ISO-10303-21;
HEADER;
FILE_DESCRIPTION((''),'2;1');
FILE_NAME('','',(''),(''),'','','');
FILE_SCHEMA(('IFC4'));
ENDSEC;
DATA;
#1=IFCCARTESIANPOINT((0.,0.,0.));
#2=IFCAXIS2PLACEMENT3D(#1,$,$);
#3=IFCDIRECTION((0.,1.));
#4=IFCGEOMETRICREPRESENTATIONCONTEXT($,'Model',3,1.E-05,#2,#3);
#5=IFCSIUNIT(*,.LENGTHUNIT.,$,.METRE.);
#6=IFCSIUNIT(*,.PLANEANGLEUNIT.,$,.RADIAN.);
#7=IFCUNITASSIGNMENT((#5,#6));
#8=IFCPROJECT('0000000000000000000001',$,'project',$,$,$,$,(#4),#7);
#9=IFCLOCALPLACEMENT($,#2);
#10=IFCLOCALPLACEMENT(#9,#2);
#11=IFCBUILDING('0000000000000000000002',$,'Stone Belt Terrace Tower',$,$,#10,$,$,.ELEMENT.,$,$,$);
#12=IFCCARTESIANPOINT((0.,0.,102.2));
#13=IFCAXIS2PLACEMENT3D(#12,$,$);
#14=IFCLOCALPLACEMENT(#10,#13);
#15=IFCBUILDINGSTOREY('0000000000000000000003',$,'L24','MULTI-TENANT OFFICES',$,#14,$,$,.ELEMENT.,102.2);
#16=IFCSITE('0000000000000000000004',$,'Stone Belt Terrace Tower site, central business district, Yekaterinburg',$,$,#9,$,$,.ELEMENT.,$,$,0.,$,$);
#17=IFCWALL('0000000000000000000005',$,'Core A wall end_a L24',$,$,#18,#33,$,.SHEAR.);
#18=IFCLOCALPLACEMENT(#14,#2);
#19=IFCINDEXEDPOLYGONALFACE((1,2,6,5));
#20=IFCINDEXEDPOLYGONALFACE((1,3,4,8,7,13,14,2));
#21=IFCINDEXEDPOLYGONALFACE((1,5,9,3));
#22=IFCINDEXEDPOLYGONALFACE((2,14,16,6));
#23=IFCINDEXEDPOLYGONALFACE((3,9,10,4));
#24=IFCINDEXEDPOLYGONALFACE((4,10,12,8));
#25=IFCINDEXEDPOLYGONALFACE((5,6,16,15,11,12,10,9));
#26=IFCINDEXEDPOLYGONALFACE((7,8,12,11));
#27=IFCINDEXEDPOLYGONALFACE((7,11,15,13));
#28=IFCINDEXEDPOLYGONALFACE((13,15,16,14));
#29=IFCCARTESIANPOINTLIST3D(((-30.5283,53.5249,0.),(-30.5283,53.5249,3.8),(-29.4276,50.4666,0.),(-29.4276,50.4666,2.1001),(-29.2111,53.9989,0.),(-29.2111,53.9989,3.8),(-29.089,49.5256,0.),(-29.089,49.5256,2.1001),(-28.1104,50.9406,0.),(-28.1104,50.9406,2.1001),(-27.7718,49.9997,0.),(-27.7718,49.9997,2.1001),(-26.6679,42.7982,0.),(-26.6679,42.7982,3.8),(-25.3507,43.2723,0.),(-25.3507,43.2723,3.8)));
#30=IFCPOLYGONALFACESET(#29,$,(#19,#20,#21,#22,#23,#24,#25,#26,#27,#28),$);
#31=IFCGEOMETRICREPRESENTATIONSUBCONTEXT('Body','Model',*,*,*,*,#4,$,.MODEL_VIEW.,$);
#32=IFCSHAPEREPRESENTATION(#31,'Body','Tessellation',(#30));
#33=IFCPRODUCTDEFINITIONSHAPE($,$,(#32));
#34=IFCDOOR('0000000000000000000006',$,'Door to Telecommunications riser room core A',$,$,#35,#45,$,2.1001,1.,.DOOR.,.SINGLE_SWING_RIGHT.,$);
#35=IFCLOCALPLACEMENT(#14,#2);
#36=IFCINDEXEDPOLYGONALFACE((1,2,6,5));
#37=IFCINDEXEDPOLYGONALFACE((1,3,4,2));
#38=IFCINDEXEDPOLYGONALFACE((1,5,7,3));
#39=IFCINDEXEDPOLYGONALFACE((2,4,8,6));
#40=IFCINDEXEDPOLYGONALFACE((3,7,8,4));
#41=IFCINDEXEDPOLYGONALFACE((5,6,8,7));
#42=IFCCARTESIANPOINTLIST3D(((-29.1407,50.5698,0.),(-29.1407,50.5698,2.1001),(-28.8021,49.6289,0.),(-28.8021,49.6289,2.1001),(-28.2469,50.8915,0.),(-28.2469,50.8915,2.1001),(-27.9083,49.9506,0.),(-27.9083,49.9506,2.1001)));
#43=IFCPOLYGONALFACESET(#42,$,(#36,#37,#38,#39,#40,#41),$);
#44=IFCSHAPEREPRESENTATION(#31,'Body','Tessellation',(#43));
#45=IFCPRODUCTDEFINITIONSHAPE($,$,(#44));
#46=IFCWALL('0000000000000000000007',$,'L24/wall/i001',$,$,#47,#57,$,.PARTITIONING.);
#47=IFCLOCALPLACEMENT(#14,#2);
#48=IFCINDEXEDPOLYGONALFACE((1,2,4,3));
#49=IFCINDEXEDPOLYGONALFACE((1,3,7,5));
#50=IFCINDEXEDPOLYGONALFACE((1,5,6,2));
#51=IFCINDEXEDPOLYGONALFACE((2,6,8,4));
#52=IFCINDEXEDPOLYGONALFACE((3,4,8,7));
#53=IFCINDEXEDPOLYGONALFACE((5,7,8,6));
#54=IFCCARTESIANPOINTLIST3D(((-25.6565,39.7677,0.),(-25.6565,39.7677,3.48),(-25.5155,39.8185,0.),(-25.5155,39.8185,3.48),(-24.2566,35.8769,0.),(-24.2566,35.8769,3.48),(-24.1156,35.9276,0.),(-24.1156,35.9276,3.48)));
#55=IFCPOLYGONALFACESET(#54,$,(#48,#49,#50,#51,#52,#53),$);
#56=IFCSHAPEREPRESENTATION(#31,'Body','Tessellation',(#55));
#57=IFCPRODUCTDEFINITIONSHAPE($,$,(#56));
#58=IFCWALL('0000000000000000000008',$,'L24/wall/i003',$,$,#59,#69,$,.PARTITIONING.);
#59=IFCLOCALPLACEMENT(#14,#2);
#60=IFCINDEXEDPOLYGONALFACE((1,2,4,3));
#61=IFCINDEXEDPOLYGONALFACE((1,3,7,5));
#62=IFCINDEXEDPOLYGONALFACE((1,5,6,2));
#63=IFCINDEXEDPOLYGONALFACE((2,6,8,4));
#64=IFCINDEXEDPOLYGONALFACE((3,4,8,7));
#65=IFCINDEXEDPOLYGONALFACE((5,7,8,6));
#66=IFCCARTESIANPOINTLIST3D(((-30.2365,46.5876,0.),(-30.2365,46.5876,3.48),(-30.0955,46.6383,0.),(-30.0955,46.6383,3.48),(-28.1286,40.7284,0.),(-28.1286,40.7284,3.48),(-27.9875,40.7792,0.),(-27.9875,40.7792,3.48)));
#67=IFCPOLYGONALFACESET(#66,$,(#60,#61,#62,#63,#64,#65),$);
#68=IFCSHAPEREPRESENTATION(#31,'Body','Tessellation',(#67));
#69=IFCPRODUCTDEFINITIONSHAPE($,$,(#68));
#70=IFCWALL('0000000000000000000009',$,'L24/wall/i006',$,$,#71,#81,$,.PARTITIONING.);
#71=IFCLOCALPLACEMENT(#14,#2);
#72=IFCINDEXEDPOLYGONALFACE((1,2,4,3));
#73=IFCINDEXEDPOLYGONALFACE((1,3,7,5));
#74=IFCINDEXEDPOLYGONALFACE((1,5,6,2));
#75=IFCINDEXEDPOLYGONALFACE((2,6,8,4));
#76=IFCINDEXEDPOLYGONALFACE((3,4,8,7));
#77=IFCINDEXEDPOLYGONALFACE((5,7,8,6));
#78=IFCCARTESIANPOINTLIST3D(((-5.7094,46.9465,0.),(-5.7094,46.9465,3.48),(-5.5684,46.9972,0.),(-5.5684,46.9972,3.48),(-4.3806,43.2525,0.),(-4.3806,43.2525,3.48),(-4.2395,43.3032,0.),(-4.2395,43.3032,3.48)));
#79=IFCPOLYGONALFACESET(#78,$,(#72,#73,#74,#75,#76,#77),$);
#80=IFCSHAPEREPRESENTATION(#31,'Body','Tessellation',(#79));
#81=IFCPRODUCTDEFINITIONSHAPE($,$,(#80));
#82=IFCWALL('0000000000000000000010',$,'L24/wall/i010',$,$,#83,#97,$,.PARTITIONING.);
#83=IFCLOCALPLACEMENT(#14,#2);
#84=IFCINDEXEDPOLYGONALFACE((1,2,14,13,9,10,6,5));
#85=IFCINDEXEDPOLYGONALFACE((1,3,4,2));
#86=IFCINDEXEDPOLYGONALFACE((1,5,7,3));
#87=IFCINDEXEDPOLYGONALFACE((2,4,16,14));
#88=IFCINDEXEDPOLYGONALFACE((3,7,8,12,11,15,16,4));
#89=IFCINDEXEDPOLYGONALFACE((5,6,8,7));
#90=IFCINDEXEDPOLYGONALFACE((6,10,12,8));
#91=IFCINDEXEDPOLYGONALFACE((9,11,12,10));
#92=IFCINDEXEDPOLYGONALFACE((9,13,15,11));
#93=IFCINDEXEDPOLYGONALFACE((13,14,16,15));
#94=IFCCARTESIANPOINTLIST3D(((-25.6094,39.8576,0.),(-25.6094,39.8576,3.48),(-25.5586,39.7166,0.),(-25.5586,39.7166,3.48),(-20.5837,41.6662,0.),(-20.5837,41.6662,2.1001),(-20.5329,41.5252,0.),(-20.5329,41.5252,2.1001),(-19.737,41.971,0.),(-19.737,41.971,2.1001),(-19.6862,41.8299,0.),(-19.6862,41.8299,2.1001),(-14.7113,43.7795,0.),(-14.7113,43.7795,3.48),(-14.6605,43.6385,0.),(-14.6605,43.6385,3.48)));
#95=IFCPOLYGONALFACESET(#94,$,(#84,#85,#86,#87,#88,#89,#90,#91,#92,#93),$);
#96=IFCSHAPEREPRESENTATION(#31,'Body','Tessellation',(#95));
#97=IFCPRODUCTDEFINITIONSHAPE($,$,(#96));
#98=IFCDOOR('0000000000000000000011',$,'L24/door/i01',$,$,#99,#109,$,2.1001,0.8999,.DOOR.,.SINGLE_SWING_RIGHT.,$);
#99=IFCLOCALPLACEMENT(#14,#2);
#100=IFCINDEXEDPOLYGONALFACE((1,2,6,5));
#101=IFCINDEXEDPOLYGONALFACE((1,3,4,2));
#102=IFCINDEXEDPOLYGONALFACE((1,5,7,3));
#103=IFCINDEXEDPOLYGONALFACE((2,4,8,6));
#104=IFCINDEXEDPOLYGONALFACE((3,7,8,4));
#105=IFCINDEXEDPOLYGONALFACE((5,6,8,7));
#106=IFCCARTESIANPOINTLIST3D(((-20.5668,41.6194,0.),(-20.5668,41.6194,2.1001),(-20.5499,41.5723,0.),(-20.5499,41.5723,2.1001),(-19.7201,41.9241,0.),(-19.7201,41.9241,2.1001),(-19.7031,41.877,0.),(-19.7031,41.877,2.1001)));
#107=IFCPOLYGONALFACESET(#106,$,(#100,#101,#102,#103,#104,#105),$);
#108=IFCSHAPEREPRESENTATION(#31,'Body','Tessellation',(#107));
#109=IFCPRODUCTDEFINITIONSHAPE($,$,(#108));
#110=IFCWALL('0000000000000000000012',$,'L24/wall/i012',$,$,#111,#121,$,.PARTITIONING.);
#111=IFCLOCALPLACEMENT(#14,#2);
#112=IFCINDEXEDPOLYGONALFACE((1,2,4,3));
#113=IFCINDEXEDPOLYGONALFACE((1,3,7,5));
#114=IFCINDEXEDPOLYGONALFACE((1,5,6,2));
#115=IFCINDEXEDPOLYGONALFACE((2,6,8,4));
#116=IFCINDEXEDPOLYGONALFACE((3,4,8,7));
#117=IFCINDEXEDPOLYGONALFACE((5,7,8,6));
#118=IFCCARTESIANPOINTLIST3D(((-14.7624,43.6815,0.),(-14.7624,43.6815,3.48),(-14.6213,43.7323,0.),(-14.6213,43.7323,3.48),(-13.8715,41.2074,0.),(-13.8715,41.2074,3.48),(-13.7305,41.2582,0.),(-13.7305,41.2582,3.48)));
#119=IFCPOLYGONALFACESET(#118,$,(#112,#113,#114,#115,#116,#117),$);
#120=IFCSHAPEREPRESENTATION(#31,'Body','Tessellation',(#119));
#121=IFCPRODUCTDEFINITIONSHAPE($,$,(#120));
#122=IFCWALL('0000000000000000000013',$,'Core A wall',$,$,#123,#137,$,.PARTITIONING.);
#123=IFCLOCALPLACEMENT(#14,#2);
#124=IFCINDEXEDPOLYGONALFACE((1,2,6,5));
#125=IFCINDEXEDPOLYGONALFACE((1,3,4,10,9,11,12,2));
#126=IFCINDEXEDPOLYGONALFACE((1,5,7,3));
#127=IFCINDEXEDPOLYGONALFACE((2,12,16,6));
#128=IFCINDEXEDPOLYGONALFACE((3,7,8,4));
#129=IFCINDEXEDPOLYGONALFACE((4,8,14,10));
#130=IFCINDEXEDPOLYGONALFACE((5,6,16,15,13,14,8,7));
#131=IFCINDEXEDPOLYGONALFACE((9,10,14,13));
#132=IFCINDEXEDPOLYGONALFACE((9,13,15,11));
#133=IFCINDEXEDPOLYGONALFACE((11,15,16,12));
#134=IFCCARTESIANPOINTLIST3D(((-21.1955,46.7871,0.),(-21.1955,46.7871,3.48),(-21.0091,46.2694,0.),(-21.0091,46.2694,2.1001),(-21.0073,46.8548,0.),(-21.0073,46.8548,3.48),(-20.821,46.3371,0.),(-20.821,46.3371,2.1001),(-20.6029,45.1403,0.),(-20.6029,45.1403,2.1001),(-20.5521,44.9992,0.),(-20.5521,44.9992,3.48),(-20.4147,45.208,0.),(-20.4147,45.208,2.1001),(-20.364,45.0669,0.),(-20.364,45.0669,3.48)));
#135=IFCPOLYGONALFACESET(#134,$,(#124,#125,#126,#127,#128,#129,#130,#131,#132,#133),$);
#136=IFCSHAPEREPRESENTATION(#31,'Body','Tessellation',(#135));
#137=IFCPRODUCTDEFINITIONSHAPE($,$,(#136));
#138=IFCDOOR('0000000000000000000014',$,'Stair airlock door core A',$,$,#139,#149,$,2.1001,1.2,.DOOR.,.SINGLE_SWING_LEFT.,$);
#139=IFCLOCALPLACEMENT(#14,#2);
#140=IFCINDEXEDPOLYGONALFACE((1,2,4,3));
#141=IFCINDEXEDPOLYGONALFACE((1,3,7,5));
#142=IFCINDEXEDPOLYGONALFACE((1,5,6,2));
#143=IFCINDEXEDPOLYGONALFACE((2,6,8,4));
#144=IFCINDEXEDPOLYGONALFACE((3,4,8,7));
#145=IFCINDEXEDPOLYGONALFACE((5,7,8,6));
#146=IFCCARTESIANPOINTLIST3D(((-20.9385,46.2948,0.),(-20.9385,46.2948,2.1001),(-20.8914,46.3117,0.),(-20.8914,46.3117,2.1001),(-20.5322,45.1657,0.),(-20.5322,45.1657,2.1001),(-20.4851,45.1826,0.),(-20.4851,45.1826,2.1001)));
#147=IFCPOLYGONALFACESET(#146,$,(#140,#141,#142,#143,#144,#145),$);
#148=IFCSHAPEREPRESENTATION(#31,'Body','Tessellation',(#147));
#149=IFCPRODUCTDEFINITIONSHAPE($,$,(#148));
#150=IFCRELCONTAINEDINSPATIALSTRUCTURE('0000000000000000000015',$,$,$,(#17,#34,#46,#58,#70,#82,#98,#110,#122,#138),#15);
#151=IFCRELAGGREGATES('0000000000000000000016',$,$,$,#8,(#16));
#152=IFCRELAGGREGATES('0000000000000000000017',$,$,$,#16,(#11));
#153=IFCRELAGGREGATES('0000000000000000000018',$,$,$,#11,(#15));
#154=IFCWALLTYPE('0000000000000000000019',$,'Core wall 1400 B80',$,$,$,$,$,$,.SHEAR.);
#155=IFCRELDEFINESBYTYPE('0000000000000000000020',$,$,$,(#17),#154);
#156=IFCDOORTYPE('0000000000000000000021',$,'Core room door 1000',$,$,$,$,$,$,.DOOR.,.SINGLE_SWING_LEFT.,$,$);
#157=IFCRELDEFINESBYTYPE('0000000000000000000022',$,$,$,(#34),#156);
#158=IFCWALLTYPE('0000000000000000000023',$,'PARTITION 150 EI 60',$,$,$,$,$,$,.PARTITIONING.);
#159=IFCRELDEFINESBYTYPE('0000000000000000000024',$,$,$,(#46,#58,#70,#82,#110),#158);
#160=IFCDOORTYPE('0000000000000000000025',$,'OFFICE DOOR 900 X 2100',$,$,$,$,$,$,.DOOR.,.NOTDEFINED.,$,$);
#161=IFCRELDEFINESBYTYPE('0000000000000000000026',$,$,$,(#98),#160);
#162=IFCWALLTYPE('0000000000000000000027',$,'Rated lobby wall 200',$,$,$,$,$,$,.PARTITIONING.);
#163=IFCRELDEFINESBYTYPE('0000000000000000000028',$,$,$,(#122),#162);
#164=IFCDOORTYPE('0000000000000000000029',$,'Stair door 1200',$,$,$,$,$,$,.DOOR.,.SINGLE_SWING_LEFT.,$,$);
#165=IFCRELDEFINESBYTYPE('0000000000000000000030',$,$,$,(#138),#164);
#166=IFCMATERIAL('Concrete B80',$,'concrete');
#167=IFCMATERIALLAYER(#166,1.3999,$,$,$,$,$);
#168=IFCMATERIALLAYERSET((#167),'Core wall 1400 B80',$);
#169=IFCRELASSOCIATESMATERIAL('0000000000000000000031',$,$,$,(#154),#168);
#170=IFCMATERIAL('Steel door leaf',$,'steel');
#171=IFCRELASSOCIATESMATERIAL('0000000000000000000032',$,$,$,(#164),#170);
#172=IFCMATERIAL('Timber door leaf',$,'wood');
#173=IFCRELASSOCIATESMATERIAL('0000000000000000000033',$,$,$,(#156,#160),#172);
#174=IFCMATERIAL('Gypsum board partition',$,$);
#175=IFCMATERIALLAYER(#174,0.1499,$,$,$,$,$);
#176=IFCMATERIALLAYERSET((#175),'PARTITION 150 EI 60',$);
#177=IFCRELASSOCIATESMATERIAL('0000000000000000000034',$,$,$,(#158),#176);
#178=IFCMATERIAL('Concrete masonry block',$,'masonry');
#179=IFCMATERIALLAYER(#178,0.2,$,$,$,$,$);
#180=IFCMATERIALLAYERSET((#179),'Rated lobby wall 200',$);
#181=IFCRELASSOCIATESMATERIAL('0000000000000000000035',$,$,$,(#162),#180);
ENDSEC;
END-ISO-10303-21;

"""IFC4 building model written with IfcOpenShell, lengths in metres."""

from ifc_helpers import new_model, si_unit, direction, frame, frame_2d, origin, place, context, subcontext, project, spatial, rectangle, extrude, material, layer, layer_set, type_object, element, fill, save


model = new_model("IFC4")

# Units and contexts
model_context = context("Model", 3, precision=1e-05, world=origin(), true_north=direction((0.0, 1.0)))
body_context = subcontext(model_context, "Body", "Model", "MODEL_VIEW")
ifc_project = project(units=[si_unit("LENGTHUNIT", "METRE"), si_unit("PLANEANGLEUNIT", "RADIAN")], contexts=[model_context])

# Site, building, storey
site_placement = place(None, origin())
site = spatial("IfcSite", under=ifc_project, at=site_placement, Name="Stone Belt Terrace Tower site, central business district, Yekaterinburg", CompositionType="ELEMENT", RefElevation=0.0)
building_placement = place(site_placement, origin())
building = spatial("IfcBuilding", under=site, at=building_placement, Name="Stone Belt Terrace Tower", CompositionType="ELEMENT")
storey_placement = place(building_placement, frame((0.0, 0.0, 102.2)))
storey = spatial("IfcBuildingStorey", under=building, at=storey_placement, Name="L24", Description="MULTI-TENANT OFFICES", CompositionType="ELEMENT", Elevation=102.2)

# Shared definitions
ifc_material_1 = material(Name="Concrete B80", Category="concrete")

# Shared definitions
ifc_layer_1 = layer(ifc_material_1, 1.3999)
ifc_layer_set_1 = layer_set([ifc_layer_1], Name="Core wall 1400 B80")
wall_type_1 = type_object("IfcWallType", Name="Core wall 1400 B80", PredefinedType="SHEAR", material=ifc_layer_set_1)
ifc_material_2 = material(Name="Steel door leaf", Category="steel")
door_type_1 = type_object("IfcDoorType", Name="Stair door 1200", OperationType="SINGLE_SWING_LEFT", PredefinedType="DOOR", material=ifc_material_2)

# Wall, opening, door
wall_1_placement = place(storey_placement, frame((-26.0093, 43.0352, 0.0), z_axis=(0.0, 0.0, 1.0), x_axis=(-0.338625, 0.940921, 0.0)))
wall_1 = element("IfcWall", 1, at=wall_1_placement, inside=storey, type_object=wall_type_1, Name="Core A wall end_a L24", PredefinedType="SHEAR", context=body_context, shape_type="SweptSolid", body=[
    extrude(rectangle(XDim=11.4001, YDim=1.3999, at=frame_2d((5.7002, 0.0))), origin(), (0.0, 0.0, 1.0), 3.8),
])
opening_1_placement = place(wall_1_placement, frame((7.1499, 0.0, 0.0)))
opening_1 = element("IfcOpeningElement", 2, at=opening_1_placement, cuts=wall_1, PredefinedType="OPENING", context=body_context, shape_type="SweptSolid", body=[
    extrude(rectangle(XDim=1.0, YDim=2.1001, at=frame_2d((0.5, 1.05))), frame((0.0, 0.71, 0.0), z_axis=(0.0, -1.0, 0.0), x_axis=(1.0, 0.0, 0.0)), (0.0, 0.0, 1.0), 1.4199),
])
ifc_material_3 = material(Name="Timber door leaf", Category="wood")
door_type_2 = type_object("IfcDoorType", Name="Core room door 1000", OperationType="SINGLE_SWING_LEFT", PredefinedType="DOOR", material=ifc_material_3)
door_1_placement = place(opening_1_placement, origin())
door_1 = element("IfcDoor", 3, at=door_1_placement, inside=storey, type_object=door_type_2, Name="Door to Telecommunications riser room core A", OperationType="SINGLE_SWING_RIGHT", OverallHeight=2.1001, OverallWidth=1.0, PredefinedType="DOOR", context=body_context, shape_type="SweptSolid", body=[
    extrude(rectangle(XDim=1.0, YDim=2.1001, at=frame_2d((0.5, 1.05))), frame((0.0, 0.395, 0.0), z_axis=(0.0, -1.0, 0.0), x_axis=(1.0, 0.0, 0.0)), (0.0, 0.0, 1.0), 0.95),
])
fill(opening_1, door_1)

# Walls
ifc_material_4 = material(Name="Gypsum board partition")
ifc_layer_2 = layer(ifc_material_4, 0.1499)
ifc_layer_set_2 = layer_set([ifc_layer_2], Name="PARTITION 150 EI 60")
wall_type_2 = type_object("IfcWallType", Name="PARTITION 150 EI 60", PredefinedType="PARTITIONING", material=ifc_layer_set_2)
wall_2_placement = place(storey_placement, frame((-25.5859, 39.793, 0.0), z_axis=(0.0, 0.0, 1.0), x_axis=(0.338546, -0.94095, 0.0)))
element("IfcWall", 4, at=wall_2_placement, inside=storey, type_object=wall_type_2, Name="L24/wall/i001", PredefinedType="PARTITIONING", context=body_context, shape_type="SweptSolid", body=[
    extrude(rectangle(XDim=4.135, YDim=0.1499, at=frame_2d((2.0674, 0.0))), origin(), (0.0, 0.0, 1.0), 3.48),
])
wall_3_placement = place(storey_placement, frame((-28.0581, 40.7539, 0.0), z_axis=(0.0, 0.0, 1.0), x_axis=(-0.338524, 0.940958, 0.0)))
element("IfcWall", 5, at=wall_3_placement, inside=storey, type_object=wall_type_2, Name="L24/wall/i003", PredefinedType="PARTITIONING", context=body_context, shape_type="SweptSolid", body=[
    extrude(rectangle(XDim=6.2268, YDim=0.1499, at=frame_2d((3.1133, 0.0))), origin(), (0.0, 0.0, 1.0), 3.48),
])
wall_4_placement = place(storey_placement, frame((-4.3101, 43.2778, 0.0), z_axis=(0.0, 0.0, 1.0), x_axis=(-0.33849, 0.94097, 0.0)))
element("IfcWall", 6, at=wall_4_placement, inside=storey, type_object=wall_type_2, Name="L24/wall/i006", PredefinedType="PARTITIONING", context=body_context, shape_type="SweptSolid", body=[
    extrude(rectangle(XDim=3.9258, YDim=0.1499, at=frame_2d((1.9629, 0.0))), origin(), (0.0, 0.0, 1.0), 3.48),
])

# Wall, opening, door
wall_5_placement = place(storey_placement, frame((-14.686, 43.709, 0.0), z_axis=(0.0, 0.0, 1.0), x_axis=(-0.940926, -0.338613, 0.0)))
wall_5 = element("IfcWall", 7, at=wall_5_placement, inside=storey, type_object=wall_type_2, Name="L24/wall/i010", PredefinedType="PARTITIONING", context=body_context, shape_type="SweptSolid", body=[
    extrude(rectangle(XDim=11.5823, YDim=0.1499, at=frame_2d((5.791, 0.0))), origin(), (0.0, 0.0, 1.0), 3.48),
])
opening_2_placement = place(wall_5_placement, frame((5.3411, 0.0, 0.0)))
opening_2 = element("IfcOpeningElement", 8, at=opening_2_placement, cuts=wall_5, PredefinedType="OPENING", context=body_context, shape_type="SweptSolid", body=[
    extrude(rectangle(XDim=0.8999, YDim=2.1001, at=frame_2d((0.45, 1.05))), frame((0.0, 0.085, 0.0), z_axis=(0.0, -1.0, 0.0), x_axis=(1.0, 0.0, 0.0)), (0.0, 0.0, 1.0), 0.1699),
])
door_type_3 = type_object("IfcDoorType", Name="OFFICE DOOR 900 X 2100", OperationType="NOTDEFINED", PredefinedType="DOOR", material=ifc_material_3)
door_2_placement = place(opening_2_placement, origin())
door_2 = element("IfcDoor", 9, at=door_2_placement, inside=storey, type_object=door_type_3, Name="L24/door/i01", OperationType="SINGLE_SWING_RIGHT", OverallHeight=2.1001, OverallWidth=0.8999, PredefinedType="DOOR", context=body_context, shape_type="SweptSolid", body=[
    extrude(rectangle(XDim=0.8999, YDim=2.1001, at=frame_2d((0.45, 1.05))), frame((0.0, 0.0249, 0.0), z_axis=(0.0, -1.0, 0.0), x_axis=(1.0, 0.0, 0.0)), (0.0, 0.0, 1.0), 0.05),
])
fill(opening_2, door_2)

# Wall
wall_6_placement = place(storey_placement, frame((-14.6919, 43.707, 0.0), z_axis=(0.0, 0.0, 1.0), x_axis=(0.338782, -0.940865, 0.0)))
element("IfcWall", 10, at=wall_6_placement, inside=storey, type_object=wall_type_2, Name="L24/wall/i012", PredefinedType="PARTITIONING", context=body_context, shape_type="SweptSolid", body=[
    extrude(rectangle(XDim=2.6296, YDim=0.1499, at=frame_2d((1.3149, 0.0))), origin(), (0.0, 0.0, 1.0), 3.48),
])

# Wall, opening, door
ifc_material_5 = material(Name="Concrete masonry block", Category="masonry")
ifc_layer_3 = layer(ifc_material_5, 0.2)
ifc_layer_set_3 = layer_set([ifc_layer_3], Name="Rated lobby wall 200")
wall_type_3 = type_object("IfcWallType", Name="Rated lobby wall 200", PredefinedType="PARTITIONING", material=ifc_layer_set_3)
wall_7_placement = place(storey_placement, frame((-20.458, 45.033, 0.0), z_axis=(0.0, 0.0, 1.0), x_axis=(-0.338574, 0.94094, 0.0)))
wall_7 = element("IfcWall", 11, at=wall_7_placement, inside=storey, type_object=wall_type_3, Name="Core A wall", PredefinedType="PARTITIONING", context=body_context, shape_type="SweptSolid", body=[
    extrude(rectangle(XDim=1.9001, YDim=0.2, at=frame_2d((0.9502, 0.0))), origin(), (0.0, 0.0, 1.0), 3.48),
])
opening_3_placement = place(wall_7_placement, frame((0.1499, 0.0, 0.0)))
opening_3 = element("IfcOpeningElement", 12, at=opening_3_placement, cuts=wall_7, PredefinedType="OPENING", context=body_context, shape_type="SweptSolid", body=[
    extrude(rectangle(XDim=1.2, YDim=2.1001, at=frame_2d((0.6001, 1.05))), frame((0.0, 0.1099, 0.0), z_axis=(0.0, -1.0, 0.0), x_axis=(1.0, 0.0, 0.0)), (0.0, 0.0, 1.0), 0.22),
])
door_3_placement = place(opening_3_placement, origin())
door_3 = element("IfcDoor", 13, at=door_3_placement, inside=storey, type_object=door_type_1, Name="Stair airlock door core A", OperationType="SINGLE_SWING_LEFT", OverallHeight=2.1001, OverallWidth=1.2, PredefinedType="DOOR", context=body_context, shape_type="SweptSolid", body=[
    extrude(rectangle(XDim=1.2, YDim=2.1001, at=frame_2d((0.6001, 1.05))), frame((0.0, 0.0249, 0.0), z_axis=(0.0, -1.0, 0.0), x_axis=(1.0, 0.0, 0.0)), (0.0, 0.0, 1.0), 0.05),
])
fill(opening_3, door_3)

save(model, "model.ifc")
